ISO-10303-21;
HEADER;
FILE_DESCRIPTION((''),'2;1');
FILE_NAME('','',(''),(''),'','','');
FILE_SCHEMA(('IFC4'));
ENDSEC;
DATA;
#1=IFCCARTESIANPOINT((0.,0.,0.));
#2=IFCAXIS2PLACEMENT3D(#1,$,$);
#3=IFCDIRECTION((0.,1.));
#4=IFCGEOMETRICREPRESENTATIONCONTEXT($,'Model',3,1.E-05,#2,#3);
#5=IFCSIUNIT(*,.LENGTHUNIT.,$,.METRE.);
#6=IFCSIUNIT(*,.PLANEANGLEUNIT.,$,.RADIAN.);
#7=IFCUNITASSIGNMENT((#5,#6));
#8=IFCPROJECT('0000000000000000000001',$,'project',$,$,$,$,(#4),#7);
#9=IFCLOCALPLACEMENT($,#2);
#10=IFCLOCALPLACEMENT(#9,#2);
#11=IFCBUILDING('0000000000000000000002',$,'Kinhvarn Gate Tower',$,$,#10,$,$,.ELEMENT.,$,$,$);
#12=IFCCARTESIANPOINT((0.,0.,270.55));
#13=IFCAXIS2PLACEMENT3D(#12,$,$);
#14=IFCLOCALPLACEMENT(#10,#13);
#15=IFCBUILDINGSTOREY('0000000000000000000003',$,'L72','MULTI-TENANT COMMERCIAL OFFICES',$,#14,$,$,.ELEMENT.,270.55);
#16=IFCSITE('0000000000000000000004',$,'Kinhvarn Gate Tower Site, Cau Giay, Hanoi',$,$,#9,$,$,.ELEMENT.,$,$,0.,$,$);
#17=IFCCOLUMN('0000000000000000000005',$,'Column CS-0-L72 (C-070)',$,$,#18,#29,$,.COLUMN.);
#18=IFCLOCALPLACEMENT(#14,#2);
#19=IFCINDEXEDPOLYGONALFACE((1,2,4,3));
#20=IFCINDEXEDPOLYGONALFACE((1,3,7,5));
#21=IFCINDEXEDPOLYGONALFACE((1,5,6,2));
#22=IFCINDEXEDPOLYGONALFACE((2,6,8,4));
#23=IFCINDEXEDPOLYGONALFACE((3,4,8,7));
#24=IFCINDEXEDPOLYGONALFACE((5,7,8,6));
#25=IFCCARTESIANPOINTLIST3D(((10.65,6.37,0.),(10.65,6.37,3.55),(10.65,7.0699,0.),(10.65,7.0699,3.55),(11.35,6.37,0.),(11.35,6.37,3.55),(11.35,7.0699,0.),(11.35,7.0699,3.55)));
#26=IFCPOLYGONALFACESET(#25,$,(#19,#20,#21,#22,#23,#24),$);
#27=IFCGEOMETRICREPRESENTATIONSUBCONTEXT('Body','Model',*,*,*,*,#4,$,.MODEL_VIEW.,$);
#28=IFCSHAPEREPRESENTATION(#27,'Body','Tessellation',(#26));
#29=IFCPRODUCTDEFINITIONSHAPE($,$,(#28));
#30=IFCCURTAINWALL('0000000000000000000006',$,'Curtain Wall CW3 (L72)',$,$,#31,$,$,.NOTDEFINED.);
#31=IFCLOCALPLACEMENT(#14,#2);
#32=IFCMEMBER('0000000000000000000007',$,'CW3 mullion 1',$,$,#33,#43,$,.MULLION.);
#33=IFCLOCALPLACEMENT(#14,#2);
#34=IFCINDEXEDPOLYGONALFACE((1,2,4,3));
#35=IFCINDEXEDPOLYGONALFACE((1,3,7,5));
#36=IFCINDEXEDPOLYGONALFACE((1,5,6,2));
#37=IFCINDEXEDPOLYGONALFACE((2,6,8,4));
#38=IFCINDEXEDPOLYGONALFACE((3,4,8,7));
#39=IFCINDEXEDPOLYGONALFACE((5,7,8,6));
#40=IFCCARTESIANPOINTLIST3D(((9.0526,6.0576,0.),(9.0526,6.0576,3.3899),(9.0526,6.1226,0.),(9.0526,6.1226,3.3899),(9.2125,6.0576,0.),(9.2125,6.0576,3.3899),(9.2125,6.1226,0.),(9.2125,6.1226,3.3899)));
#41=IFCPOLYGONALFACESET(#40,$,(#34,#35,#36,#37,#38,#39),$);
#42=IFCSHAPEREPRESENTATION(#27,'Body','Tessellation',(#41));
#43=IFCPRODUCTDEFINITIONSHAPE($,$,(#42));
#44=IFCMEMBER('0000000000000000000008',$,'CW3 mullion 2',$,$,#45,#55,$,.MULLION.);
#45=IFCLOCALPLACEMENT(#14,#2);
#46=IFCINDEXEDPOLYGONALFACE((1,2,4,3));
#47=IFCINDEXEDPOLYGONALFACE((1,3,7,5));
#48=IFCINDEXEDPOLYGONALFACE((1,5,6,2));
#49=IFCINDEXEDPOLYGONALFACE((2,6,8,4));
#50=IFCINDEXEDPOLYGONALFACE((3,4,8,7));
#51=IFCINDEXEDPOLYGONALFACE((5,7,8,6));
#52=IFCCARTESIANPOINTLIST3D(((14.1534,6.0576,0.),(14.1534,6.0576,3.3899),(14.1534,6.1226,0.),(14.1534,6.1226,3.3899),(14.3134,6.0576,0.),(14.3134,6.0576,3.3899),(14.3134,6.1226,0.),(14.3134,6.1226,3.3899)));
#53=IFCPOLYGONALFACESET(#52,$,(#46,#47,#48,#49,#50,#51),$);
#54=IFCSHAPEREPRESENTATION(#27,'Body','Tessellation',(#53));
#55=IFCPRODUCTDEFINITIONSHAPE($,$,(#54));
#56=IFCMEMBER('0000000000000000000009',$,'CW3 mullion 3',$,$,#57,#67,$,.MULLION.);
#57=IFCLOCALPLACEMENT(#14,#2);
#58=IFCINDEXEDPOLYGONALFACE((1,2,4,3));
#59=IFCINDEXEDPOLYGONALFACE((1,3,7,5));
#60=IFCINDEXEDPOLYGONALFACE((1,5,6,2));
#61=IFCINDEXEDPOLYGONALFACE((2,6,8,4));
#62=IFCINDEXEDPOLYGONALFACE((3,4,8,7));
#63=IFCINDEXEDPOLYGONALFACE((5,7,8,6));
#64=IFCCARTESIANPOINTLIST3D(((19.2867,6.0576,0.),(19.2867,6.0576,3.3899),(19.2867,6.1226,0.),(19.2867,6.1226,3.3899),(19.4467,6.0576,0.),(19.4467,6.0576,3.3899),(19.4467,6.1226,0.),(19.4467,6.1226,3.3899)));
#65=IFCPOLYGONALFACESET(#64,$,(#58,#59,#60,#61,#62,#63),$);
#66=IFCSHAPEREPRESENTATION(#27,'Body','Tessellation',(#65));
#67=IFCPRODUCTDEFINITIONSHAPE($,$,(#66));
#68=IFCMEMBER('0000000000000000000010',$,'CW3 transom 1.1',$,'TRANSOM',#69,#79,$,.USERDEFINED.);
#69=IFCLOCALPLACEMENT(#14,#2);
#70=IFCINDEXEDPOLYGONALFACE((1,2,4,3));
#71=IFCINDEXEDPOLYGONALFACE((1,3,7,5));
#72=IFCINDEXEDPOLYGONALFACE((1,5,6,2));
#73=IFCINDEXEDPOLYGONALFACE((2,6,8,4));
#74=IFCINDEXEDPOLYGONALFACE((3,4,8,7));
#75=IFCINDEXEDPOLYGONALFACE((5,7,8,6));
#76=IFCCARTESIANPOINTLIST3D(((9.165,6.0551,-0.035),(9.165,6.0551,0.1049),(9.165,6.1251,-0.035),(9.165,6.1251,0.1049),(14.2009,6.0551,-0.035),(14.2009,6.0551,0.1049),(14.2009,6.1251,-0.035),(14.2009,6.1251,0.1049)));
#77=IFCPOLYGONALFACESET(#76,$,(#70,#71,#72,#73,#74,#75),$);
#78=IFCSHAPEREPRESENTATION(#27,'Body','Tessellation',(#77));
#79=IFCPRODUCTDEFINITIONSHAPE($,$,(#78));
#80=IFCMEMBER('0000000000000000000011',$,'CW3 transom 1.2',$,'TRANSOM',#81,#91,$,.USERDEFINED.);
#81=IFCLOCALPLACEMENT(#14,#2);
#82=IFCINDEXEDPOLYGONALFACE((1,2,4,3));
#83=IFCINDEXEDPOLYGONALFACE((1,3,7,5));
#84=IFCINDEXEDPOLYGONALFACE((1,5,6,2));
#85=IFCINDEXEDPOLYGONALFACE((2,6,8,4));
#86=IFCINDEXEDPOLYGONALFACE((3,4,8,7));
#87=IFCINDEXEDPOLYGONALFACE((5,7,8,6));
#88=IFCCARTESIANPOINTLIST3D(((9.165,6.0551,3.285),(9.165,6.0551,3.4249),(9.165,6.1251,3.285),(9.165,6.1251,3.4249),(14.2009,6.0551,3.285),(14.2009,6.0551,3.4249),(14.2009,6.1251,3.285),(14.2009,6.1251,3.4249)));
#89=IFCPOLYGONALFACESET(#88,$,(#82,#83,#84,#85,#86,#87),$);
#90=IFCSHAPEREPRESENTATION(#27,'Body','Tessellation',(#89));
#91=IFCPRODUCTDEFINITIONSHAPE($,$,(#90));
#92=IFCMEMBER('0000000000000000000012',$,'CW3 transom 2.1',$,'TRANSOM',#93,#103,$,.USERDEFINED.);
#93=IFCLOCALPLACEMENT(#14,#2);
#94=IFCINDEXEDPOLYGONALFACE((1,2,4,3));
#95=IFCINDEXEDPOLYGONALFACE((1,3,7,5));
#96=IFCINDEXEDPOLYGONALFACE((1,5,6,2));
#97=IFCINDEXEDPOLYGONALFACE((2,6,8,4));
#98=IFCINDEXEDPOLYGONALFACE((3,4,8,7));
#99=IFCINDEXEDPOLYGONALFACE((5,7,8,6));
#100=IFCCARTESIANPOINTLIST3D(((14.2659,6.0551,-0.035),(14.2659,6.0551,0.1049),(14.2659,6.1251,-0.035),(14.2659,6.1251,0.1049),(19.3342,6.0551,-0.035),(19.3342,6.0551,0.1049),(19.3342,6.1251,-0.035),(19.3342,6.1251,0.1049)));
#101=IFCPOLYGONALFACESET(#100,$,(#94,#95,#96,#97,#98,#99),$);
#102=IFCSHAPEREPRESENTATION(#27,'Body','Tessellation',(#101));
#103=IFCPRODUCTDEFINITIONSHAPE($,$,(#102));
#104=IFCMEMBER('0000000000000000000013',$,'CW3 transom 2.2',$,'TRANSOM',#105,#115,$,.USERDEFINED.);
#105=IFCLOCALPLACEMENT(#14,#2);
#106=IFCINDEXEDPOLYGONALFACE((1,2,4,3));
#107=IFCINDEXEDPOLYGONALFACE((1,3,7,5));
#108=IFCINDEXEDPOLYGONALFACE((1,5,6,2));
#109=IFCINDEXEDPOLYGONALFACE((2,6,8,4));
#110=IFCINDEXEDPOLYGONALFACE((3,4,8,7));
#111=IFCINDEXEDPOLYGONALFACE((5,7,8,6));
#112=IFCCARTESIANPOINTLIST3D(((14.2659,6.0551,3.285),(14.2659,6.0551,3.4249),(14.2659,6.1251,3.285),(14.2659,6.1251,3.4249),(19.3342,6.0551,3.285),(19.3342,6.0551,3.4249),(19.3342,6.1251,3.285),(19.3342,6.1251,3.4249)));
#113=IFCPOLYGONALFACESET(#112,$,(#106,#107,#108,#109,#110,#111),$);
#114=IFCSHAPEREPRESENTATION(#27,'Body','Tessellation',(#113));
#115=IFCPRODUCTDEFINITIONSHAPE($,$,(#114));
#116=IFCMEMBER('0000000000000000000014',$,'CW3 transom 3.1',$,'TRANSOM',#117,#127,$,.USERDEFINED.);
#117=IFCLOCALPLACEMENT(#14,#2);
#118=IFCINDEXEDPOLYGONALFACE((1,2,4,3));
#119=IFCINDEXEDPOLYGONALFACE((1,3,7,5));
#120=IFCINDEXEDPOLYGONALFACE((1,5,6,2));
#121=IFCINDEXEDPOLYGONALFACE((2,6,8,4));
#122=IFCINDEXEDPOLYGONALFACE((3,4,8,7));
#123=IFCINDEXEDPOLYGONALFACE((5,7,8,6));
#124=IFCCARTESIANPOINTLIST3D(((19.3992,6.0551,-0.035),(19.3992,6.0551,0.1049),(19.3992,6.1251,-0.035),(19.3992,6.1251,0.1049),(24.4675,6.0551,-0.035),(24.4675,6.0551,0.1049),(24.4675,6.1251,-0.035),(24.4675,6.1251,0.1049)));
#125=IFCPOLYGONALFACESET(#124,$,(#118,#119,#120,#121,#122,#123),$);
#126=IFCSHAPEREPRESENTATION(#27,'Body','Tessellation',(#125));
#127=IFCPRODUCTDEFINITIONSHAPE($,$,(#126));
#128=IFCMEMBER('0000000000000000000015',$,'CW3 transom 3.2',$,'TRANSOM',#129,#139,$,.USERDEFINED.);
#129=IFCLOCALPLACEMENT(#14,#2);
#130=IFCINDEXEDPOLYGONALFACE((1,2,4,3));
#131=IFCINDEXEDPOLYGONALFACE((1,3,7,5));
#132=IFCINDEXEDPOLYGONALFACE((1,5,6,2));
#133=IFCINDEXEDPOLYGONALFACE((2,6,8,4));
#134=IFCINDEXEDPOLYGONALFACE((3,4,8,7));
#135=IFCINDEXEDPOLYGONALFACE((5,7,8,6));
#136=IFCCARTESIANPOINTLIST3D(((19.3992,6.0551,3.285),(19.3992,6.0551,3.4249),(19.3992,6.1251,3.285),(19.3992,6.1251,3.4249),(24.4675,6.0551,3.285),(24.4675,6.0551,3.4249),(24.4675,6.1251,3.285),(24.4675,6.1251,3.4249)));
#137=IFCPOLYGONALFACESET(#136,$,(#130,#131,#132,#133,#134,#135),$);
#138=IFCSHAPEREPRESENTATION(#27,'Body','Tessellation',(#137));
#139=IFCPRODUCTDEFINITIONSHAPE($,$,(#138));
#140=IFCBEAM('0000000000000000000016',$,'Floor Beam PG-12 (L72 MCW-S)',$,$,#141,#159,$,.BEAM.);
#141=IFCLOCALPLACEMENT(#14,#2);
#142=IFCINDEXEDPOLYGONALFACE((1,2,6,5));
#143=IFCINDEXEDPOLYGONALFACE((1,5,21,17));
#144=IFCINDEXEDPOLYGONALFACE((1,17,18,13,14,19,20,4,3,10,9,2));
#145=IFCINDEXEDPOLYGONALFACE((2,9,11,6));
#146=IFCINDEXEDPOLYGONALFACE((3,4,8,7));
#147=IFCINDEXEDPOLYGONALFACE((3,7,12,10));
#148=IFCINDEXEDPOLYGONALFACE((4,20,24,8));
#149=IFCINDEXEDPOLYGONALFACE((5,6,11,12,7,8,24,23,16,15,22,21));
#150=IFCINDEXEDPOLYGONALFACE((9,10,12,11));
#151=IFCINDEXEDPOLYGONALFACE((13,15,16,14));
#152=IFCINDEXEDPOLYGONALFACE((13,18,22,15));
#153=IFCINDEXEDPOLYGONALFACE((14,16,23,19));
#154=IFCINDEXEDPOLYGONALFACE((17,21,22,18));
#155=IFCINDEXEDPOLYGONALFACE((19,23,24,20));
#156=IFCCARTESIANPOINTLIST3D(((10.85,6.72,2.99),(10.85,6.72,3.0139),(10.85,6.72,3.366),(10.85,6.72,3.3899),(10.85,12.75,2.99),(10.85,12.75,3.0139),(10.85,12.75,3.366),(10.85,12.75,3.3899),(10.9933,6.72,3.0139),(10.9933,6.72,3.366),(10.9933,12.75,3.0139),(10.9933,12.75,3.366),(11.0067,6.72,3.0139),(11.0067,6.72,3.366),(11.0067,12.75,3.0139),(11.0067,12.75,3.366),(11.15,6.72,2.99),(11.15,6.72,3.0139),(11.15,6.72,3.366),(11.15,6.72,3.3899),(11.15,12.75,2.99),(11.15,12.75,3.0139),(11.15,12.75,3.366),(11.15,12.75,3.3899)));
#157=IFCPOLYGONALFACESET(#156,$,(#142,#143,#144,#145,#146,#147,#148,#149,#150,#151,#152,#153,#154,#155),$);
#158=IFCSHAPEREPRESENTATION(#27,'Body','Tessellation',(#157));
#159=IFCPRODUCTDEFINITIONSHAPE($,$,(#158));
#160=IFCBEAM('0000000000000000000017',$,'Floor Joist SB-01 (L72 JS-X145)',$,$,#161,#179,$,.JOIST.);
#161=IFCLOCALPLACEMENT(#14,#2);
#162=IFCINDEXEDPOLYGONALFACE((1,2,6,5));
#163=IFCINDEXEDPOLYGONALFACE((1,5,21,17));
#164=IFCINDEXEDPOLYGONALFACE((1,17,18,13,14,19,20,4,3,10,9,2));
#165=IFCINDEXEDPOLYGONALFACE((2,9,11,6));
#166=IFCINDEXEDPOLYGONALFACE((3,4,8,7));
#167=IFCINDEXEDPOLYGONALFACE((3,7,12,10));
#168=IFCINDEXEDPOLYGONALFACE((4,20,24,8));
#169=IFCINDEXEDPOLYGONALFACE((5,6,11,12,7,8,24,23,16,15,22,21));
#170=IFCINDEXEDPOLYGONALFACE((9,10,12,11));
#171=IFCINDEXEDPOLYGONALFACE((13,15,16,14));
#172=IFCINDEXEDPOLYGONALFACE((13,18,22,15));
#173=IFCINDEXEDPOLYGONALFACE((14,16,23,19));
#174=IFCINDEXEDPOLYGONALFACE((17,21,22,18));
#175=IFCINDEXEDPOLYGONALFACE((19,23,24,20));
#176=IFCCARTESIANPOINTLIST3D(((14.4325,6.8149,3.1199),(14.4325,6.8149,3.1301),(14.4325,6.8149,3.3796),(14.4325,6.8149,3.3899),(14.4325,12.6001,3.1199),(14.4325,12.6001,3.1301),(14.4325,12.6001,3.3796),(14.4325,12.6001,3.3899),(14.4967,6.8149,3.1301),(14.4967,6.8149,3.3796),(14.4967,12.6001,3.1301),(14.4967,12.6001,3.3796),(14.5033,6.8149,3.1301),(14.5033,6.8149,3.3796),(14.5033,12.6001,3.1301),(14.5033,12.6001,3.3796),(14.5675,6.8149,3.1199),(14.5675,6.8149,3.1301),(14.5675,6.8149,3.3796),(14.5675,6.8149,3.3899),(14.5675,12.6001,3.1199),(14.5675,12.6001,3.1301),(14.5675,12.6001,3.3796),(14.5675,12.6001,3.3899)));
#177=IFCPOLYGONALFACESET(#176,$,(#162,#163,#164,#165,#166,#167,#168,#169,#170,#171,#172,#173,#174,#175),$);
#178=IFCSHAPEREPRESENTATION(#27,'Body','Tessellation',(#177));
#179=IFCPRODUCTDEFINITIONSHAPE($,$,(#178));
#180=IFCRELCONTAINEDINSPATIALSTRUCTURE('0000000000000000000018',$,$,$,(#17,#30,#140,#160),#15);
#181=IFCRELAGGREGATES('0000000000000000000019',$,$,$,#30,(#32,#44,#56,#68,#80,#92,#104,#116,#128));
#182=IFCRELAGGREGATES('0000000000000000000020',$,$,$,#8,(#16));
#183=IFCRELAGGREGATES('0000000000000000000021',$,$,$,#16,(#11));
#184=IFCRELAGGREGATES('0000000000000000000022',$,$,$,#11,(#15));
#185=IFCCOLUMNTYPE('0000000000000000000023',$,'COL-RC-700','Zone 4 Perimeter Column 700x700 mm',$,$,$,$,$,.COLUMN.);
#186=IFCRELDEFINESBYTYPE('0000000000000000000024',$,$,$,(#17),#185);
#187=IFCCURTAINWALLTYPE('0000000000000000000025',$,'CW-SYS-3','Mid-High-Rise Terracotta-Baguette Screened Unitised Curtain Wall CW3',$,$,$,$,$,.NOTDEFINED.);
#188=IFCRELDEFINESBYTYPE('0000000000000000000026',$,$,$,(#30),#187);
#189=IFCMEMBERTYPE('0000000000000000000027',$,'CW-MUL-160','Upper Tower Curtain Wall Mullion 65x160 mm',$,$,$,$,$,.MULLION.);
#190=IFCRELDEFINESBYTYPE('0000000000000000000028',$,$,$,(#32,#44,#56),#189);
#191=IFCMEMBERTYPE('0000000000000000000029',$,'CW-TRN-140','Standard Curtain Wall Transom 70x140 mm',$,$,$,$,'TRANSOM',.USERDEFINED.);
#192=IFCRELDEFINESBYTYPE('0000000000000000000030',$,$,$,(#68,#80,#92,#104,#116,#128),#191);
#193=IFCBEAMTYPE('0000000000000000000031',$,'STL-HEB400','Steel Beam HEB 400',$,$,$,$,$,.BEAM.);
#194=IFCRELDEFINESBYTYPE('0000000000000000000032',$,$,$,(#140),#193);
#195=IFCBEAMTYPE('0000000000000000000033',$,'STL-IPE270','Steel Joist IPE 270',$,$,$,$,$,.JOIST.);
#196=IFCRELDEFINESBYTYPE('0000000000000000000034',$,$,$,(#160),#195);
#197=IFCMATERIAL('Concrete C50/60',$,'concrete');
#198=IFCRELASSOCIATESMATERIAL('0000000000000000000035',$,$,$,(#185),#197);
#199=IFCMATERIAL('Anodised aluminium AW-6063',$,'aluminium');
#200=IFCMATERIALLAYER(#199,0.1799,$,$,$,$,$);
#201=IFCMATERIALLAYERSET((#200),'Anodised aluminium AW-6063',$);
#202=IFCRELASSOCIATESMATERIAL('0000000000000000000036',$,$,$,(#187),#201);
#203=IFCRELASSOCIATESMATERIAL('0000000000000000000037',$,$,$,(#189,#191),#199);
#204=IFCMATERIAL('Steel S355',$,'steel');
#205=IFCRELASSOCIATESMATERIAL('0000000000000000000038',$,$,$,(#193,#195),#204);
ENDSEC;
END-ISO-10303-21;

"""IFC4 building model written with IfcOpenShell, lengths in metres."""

from ifc_helpers import new_model, si_unit, direction, frame, origin, origin_2d, place, context, subcontext, project, spatial, rectangle, i_section, extrude, material, layer, layer_set, material_profile, profile_set, type_object, element, aggregate, save


model = new_model("IFC4")

# Units and contexts
model_context = context("Model", 3, precision=1e-05, world=origin(), true_north=direction((0.0, 1.0)))
body_context = subcontext(model_context, "Body", "Model", "MODEL_VIEW")
ifc_project = project(units=[si_unit("LENGTHUNIT", "METRE"), si_unit("PLANEANGLEUNIT", "RADIAN")], contexts=[model_context])

# Site, building, storey
site_placement = place(None, origin())
site = spatial("IfcSite", under=ifc_project, at=site_placement, Name="Kinhvarn Gate Tower Site, Cau Giay, Hanoi", CompositionType="ELEMENT", RefElevation=0.0)
building_placement = place(site_placement, origin())
building = spatial("IfcBuilding", under=site, at=building_placement, Name="Kinhvarn Gate Tower", CompositionType="ELEMENT")
storey_placement = place(building_placement, frame((0.0, 0.0, 270.55)))
storey = spatial("IfcBuildingStorey", under=building, at=storey_placement, Name="L72", Description="MULTI-TENANT COMMERCIAL OFFICES", CompositionType="ELEMENT", Elevation=270.55)

# Column
ifc_material_1 = material(Name="Concrete C50/60", Category="concrete")
ifc_material_profile_1 = material_profile(ifc_material_1, rectangle(XDim=0.7, YDim=0.7, at=origin_2d()), Name="RC 700x700")
ifc_profile_set_1 = profile_set([ifc_material_profile_1], Name="Concrete C50/60")
column_type = type_object("IfcColumnType", Name="COL-RC-700", Description="Zone 4 Perimeter Column 700x700 mm", PredefinedType="COLUMN", material=ifc_profile_set_1)
column_placement = place(storey_placement, frame((11.0, 6.72, 0.0), z_axis=(0.0, 0.0, 1.0), x_axis=(1.0, 0.0, 0.0)))
element("IfcColumn", 1, at=column_placement, inside=storey, type_object=column_type, Name="Column CS-0-L72 (C-070)", PredefinedType="COLUMN", context=body_context, shape_type="SweptSolid", body=[
    extrude(rectangle(XDim=0.7, YDim=0.7, at=origin_2d()), origin(), (0.0, 0.0, 1.0), 3.55),
])

# Curtain wall, members
ifc_material_2 = material(Name="Anodised aluminium AW-6063", Category="aluminium")
ifc_layer_1 = layer(ifc_material_2, 0.1799)
ifc_layer_set_1 = layer_set([ifc_layer_1], Name="Anodised aluminium AW-6063")
curtain_wall_type = type_object("IfcCurtainWallType", Name="CW-SYS-3", Description="Mid-High-Rise Terracotta-Baguette Screened Unitised Curtain Wall CW3", PredefinedType="NOTDEFINED", material=ifc_layer_set_1)
curtain_wall_placement = place(storey_placement, origin())
curtain_wall = element("IfcCurtainWall", 2, at=curtain_wall_placement, inside=storey, type_object=curtain_wall_type, Name="Curtain Wall CW3 (L72)", PredefinedType="NOTDEFINED")
ifc_material_profile_2 = material_profile(ifc_material_2, rectangle(XDim=0.0649, YDim=0.1599, at=origin_2d()), Name="ALU 65x160")
ifc_profile_set_2 = profile_set([ifc_material_profile_2], Name="Anodised aluminium AW-6063")
member_type_1 = type_object("IfcMemberType", Name="CW-MUL-160", Description="Upper Tower Curtain Wall Mullion 65x160 mm", PredefinedType="MULLION", material=ifc_profile_set_2)
member_1_placement = place(storey_placement, frame((9.1326, 6.0901, 0.0), z_axis=(0.0, 0.0, 1.0), x_axis=(0.0, 1.0, 0.0)))
member_1 = element("IfcMember", 3, at=member_1_placement, type_object=member_type_1, Name="CW3 mullion 1", PredefinedType="MULLION", context=body_context, shape_type="SweptSolid", body=[
    extrude(rectangle(XDim=0.0649, YDim=0.1599, at=origin_2d()), origin(), (0.0, 0.0, 1.0), 3.3899),
])
member_2_placement = place(storey_placement, frame((14.2334, 6.0901, 0.0), z_axis=(0.0, 0.0, 1.0), x_axis=(0.0, 1.0, 0.0)))
member_2 = element("IfcMember", 4, at=member_2_placement, type_object=member_type_1, Name="CW3 mullion 2", PredefinedType="MULLION", context=body_context, shape_type="SweptSolid", body=[
    extrude(rectangle(XDim=0.0649, YDim=0.1599, at=origin_2d()), origin(), (0.0, 0.0, 1.0), 3.3899),
])
member_3_placement = place(storey_placement, frame((19.3667, 6.0901, 0.0), z_axis=(0.0, 0.0, 1.0), x_axis=(0.0, 1.0, 0.0)))
member_3 = element("IfcMember", 5, at=member_3_placement, type_object=member_type_1, Name="CW3 mullion 3", PredefinedType="MULLION", context=body_context, shape_type="SweptSolid", body=[
    extrude(rectangle(XDim=0.0649, YDim=0.1599, at=origin_2d()), origin(), (0.0, 0.0, 1.0), 3.3899),
])
ifc_material_profile_3 = material_profile(ifc_material_2, rectangle(XDim=0.0701, YDim=0.1399, at=origin_2d()), Name="ALU 70x140")
ifc_profile_set_3 = profile_set([ifc_material_profile_3], Name="Anodised aluminium AW-6063")
member_type_2 = type_object("IfcMemberType", Name="CW-TRN-140", Description="Standard Curtain Wall Transom 70x140 mm", ElementType="TRANSOM", PredefinedType="USERDEFINED", material=ifc_profile_set_3)
member_4_placement = place(storey_placement, frame((9.165, 6.0901, 0.0349), z_axis=(1.0, 0.0, 0.0), x_axis=(0.0, 1.0, 0.0)))
member_4 = element("IfcMember", 6, at=member_4_placement, type_object=member_type_2, Name="CW3 transom 1.1", ObjectType="TRANSOM", PredefinedType="USERDEFINED", context=body_context, shape_type="SweptSolid", body=[
    extrude(rectangle(XDim=0.0701, YDim=0.1399, at=origin_2d()), origin(), (0.0, 0.0, 1.0), 5.0359),
])
member_5_placement = place(storey_placement, frame((9.165, 6.0901, 3.355), z_axis=(1.0, 0.0, 0.0), x_axis=(0.0, 1.0, 0.0)))
member_5 = element("IfcMember", 7, at=member_5_placement, type_object=member_type_2, Name="CW3 transom 1.2", ObjectType="TRANSOM", PredefinedType="USERDEFINED", context=body_context, shape_type="SweptSolid", body=[
    extrude(rectangle(XDim=0.0701, YDim=0.1399, at=origin_2d()), origin(), (0.0, 0.0, 1.0), 5.0359),
])
member_6_placement = place(storey_placement, frame((14.2659, 6.0901, 0.0349), z_axis=(1.0, 0.0, 0.0), x_axis=(0.0, 1.0, 0.0)))
member_6 = element("IfcMember", 8, at=member_6_placement, type_object=member_type_2, Name="CW3 transom 2.1", ObjectType="TRANSOM", PredefinedType="USERDEFINED", context=body_context, shape_type="SweptSolid", body=[
    extrude(rectangle(XDim=0.0701, YDim=0.1399, at=origin_2d()), origin(), (0.0, 0.0, 1.0), 5.0684),
])
member_7_placement = place(storey_placement, frame((14.2659, 6.0901, 3.355), z_axis=(1.0, 0.0, 0.0), x_axis=(0.0, 1.0, 0.0)))
member_7 = element("IfcMember", 9, at=member_7_placement, type_object=member_type_2, Name="CW3 transom 2.2", ObjectType="TRANSOM", PredefinedType="USERDEFINED", context=body_context, shape_type="SweptSolid", body=[
    extrude(rectangle(XDim=0.0701, YDim=0.1399, at=origin_2d()), origin(), (0.0, 0.0, 1.0), 5.0684),
])
member_8_placement = place(storey_placement, frame((19.3992, 6.0901, 0.0349), z_axis=(1.0, 0.0, 0.0), x_axis=(0.0, 1.0, 0.0)))
member_8 = element("IfcMember", 10, at=member_8_placement, type_object=member_type_2, Name="CW3 transom 3.1", ObjectType="TRANSOM", PredefinedType="USERDEFINED", context=body_context, shape_type="SweptSolid", body=[
    extrude(rectangle(XDim=0.0701, YDim=0.1399, at=origin_2d()), origin(), (0.0, 0.0, 1.0), 5.0684),
])
member_9_placement = place(storey_placement, frame((19.3992, 6.0901, 3.355), z_axis=(1.0, 0.0, 0.0), x_axis=(0.0, 1.0, 0.0)))
member_9 = element("IfcMember", 11, at=member_9_placement, type_object=member_type_2, Name="CW3 transom 3.2", ObjectType="TRANSOM", PredefinedType="USERDEFINED", context=body_context, shape_type="SweptSolid", body=[
    extrude(rectangle(XDim=0.0701, YDim=0.1399, at=origin_2d()), origin(), (0.0, 0.0, 1.0), 5.0684),
])

# Beams
ifc_material_3 = material(Name="Steel S355", Category="steel")
ifc_material_profile_4 = material_profile(ifc_material_3, i_section(OverallWidth=0.3, OverallDepth=0.3999, WebThickness=0.0134, FlangeThickness=0.0239, at=origin_2d()), Name="HEB 400")
ifc_profile_set_4 = profile_set([ifc_material_profile_4], Name="Steel S355")
beam_type_1 = type_object("IfcBeamType", Name="STL-HEB400", Description="Steel Beam HEB 400", PredefinedType="BEAM", material=ifc_profile_set_4)
beam_1_placement = place(storey_placement, frame((11.0, 6.72, 3.1899), z_axis=(0.0, 1.0, 0.0), x_axis=(-1.0, 0.0, 0.0)))
element("IfcBeam", 12, at=beam_1_placement, inside=storey, type_object=beam_type_1, Name="Floor Beam PG-12 (L72 MCW-S)", PredefinedType="BEAM", context=body_context, shape_type="SweptSolid", body=[
    extrude(i_section(OverallWidth=0.3, OverallDepth=0.3999, WebThickness=0.0134, FlangeThickness=0.0239, at=origin_2d()), origin(), (0.0, 0.0, 1.0), 6.03),
])
ifc_material_profile_5 = material_profile(ifc_material_3, i_section(OverallWidth=0.135, OverallDepth=0.27, WebThickness=0.0066, FlangeThickness=0.0103, at=origin_2d()), Name="IPE 270")
ifc_profile_set_5 = profile_set([ifc_material_profile_5], Name="Steel S355")
beam_type_2 = type_object("IfcBeamType", Name="STL-IPE270", Description="Steel Joist IPE 270", PredefinedType="JOIST", material=ifc_profile_set_5)
beam_2_placement = place(storey_placement, frame((14.5, 6.8149, 3.2549), z_axis=(0.0, 1.0, 0.0), x_axis=(-1.0, 0.0, 0.0)))
element("IfcBeam", 13, at=beam_2_placement, inside=storey, type_object=beam_type_2, Name="Floor Joist SB-01 (L72 JS-X145)", PredefinedType="JOIST", context=body_context, shape_type="SweptSolid", body=[
    extrude(i_section(OverallWidth=0.135, OverallDepth=0.27, WebThickness=0.0066, FlangeThickness=0.0103, at=origin_2d()), origin(), (0.0, 0.0, 1.0), 5.7852),
])

aggregate(curtain_wall, [member_1, member_2, member_3, member_4, member_5, member_6, member_7, member_8, member_9])

save(model, "model.ifc")
